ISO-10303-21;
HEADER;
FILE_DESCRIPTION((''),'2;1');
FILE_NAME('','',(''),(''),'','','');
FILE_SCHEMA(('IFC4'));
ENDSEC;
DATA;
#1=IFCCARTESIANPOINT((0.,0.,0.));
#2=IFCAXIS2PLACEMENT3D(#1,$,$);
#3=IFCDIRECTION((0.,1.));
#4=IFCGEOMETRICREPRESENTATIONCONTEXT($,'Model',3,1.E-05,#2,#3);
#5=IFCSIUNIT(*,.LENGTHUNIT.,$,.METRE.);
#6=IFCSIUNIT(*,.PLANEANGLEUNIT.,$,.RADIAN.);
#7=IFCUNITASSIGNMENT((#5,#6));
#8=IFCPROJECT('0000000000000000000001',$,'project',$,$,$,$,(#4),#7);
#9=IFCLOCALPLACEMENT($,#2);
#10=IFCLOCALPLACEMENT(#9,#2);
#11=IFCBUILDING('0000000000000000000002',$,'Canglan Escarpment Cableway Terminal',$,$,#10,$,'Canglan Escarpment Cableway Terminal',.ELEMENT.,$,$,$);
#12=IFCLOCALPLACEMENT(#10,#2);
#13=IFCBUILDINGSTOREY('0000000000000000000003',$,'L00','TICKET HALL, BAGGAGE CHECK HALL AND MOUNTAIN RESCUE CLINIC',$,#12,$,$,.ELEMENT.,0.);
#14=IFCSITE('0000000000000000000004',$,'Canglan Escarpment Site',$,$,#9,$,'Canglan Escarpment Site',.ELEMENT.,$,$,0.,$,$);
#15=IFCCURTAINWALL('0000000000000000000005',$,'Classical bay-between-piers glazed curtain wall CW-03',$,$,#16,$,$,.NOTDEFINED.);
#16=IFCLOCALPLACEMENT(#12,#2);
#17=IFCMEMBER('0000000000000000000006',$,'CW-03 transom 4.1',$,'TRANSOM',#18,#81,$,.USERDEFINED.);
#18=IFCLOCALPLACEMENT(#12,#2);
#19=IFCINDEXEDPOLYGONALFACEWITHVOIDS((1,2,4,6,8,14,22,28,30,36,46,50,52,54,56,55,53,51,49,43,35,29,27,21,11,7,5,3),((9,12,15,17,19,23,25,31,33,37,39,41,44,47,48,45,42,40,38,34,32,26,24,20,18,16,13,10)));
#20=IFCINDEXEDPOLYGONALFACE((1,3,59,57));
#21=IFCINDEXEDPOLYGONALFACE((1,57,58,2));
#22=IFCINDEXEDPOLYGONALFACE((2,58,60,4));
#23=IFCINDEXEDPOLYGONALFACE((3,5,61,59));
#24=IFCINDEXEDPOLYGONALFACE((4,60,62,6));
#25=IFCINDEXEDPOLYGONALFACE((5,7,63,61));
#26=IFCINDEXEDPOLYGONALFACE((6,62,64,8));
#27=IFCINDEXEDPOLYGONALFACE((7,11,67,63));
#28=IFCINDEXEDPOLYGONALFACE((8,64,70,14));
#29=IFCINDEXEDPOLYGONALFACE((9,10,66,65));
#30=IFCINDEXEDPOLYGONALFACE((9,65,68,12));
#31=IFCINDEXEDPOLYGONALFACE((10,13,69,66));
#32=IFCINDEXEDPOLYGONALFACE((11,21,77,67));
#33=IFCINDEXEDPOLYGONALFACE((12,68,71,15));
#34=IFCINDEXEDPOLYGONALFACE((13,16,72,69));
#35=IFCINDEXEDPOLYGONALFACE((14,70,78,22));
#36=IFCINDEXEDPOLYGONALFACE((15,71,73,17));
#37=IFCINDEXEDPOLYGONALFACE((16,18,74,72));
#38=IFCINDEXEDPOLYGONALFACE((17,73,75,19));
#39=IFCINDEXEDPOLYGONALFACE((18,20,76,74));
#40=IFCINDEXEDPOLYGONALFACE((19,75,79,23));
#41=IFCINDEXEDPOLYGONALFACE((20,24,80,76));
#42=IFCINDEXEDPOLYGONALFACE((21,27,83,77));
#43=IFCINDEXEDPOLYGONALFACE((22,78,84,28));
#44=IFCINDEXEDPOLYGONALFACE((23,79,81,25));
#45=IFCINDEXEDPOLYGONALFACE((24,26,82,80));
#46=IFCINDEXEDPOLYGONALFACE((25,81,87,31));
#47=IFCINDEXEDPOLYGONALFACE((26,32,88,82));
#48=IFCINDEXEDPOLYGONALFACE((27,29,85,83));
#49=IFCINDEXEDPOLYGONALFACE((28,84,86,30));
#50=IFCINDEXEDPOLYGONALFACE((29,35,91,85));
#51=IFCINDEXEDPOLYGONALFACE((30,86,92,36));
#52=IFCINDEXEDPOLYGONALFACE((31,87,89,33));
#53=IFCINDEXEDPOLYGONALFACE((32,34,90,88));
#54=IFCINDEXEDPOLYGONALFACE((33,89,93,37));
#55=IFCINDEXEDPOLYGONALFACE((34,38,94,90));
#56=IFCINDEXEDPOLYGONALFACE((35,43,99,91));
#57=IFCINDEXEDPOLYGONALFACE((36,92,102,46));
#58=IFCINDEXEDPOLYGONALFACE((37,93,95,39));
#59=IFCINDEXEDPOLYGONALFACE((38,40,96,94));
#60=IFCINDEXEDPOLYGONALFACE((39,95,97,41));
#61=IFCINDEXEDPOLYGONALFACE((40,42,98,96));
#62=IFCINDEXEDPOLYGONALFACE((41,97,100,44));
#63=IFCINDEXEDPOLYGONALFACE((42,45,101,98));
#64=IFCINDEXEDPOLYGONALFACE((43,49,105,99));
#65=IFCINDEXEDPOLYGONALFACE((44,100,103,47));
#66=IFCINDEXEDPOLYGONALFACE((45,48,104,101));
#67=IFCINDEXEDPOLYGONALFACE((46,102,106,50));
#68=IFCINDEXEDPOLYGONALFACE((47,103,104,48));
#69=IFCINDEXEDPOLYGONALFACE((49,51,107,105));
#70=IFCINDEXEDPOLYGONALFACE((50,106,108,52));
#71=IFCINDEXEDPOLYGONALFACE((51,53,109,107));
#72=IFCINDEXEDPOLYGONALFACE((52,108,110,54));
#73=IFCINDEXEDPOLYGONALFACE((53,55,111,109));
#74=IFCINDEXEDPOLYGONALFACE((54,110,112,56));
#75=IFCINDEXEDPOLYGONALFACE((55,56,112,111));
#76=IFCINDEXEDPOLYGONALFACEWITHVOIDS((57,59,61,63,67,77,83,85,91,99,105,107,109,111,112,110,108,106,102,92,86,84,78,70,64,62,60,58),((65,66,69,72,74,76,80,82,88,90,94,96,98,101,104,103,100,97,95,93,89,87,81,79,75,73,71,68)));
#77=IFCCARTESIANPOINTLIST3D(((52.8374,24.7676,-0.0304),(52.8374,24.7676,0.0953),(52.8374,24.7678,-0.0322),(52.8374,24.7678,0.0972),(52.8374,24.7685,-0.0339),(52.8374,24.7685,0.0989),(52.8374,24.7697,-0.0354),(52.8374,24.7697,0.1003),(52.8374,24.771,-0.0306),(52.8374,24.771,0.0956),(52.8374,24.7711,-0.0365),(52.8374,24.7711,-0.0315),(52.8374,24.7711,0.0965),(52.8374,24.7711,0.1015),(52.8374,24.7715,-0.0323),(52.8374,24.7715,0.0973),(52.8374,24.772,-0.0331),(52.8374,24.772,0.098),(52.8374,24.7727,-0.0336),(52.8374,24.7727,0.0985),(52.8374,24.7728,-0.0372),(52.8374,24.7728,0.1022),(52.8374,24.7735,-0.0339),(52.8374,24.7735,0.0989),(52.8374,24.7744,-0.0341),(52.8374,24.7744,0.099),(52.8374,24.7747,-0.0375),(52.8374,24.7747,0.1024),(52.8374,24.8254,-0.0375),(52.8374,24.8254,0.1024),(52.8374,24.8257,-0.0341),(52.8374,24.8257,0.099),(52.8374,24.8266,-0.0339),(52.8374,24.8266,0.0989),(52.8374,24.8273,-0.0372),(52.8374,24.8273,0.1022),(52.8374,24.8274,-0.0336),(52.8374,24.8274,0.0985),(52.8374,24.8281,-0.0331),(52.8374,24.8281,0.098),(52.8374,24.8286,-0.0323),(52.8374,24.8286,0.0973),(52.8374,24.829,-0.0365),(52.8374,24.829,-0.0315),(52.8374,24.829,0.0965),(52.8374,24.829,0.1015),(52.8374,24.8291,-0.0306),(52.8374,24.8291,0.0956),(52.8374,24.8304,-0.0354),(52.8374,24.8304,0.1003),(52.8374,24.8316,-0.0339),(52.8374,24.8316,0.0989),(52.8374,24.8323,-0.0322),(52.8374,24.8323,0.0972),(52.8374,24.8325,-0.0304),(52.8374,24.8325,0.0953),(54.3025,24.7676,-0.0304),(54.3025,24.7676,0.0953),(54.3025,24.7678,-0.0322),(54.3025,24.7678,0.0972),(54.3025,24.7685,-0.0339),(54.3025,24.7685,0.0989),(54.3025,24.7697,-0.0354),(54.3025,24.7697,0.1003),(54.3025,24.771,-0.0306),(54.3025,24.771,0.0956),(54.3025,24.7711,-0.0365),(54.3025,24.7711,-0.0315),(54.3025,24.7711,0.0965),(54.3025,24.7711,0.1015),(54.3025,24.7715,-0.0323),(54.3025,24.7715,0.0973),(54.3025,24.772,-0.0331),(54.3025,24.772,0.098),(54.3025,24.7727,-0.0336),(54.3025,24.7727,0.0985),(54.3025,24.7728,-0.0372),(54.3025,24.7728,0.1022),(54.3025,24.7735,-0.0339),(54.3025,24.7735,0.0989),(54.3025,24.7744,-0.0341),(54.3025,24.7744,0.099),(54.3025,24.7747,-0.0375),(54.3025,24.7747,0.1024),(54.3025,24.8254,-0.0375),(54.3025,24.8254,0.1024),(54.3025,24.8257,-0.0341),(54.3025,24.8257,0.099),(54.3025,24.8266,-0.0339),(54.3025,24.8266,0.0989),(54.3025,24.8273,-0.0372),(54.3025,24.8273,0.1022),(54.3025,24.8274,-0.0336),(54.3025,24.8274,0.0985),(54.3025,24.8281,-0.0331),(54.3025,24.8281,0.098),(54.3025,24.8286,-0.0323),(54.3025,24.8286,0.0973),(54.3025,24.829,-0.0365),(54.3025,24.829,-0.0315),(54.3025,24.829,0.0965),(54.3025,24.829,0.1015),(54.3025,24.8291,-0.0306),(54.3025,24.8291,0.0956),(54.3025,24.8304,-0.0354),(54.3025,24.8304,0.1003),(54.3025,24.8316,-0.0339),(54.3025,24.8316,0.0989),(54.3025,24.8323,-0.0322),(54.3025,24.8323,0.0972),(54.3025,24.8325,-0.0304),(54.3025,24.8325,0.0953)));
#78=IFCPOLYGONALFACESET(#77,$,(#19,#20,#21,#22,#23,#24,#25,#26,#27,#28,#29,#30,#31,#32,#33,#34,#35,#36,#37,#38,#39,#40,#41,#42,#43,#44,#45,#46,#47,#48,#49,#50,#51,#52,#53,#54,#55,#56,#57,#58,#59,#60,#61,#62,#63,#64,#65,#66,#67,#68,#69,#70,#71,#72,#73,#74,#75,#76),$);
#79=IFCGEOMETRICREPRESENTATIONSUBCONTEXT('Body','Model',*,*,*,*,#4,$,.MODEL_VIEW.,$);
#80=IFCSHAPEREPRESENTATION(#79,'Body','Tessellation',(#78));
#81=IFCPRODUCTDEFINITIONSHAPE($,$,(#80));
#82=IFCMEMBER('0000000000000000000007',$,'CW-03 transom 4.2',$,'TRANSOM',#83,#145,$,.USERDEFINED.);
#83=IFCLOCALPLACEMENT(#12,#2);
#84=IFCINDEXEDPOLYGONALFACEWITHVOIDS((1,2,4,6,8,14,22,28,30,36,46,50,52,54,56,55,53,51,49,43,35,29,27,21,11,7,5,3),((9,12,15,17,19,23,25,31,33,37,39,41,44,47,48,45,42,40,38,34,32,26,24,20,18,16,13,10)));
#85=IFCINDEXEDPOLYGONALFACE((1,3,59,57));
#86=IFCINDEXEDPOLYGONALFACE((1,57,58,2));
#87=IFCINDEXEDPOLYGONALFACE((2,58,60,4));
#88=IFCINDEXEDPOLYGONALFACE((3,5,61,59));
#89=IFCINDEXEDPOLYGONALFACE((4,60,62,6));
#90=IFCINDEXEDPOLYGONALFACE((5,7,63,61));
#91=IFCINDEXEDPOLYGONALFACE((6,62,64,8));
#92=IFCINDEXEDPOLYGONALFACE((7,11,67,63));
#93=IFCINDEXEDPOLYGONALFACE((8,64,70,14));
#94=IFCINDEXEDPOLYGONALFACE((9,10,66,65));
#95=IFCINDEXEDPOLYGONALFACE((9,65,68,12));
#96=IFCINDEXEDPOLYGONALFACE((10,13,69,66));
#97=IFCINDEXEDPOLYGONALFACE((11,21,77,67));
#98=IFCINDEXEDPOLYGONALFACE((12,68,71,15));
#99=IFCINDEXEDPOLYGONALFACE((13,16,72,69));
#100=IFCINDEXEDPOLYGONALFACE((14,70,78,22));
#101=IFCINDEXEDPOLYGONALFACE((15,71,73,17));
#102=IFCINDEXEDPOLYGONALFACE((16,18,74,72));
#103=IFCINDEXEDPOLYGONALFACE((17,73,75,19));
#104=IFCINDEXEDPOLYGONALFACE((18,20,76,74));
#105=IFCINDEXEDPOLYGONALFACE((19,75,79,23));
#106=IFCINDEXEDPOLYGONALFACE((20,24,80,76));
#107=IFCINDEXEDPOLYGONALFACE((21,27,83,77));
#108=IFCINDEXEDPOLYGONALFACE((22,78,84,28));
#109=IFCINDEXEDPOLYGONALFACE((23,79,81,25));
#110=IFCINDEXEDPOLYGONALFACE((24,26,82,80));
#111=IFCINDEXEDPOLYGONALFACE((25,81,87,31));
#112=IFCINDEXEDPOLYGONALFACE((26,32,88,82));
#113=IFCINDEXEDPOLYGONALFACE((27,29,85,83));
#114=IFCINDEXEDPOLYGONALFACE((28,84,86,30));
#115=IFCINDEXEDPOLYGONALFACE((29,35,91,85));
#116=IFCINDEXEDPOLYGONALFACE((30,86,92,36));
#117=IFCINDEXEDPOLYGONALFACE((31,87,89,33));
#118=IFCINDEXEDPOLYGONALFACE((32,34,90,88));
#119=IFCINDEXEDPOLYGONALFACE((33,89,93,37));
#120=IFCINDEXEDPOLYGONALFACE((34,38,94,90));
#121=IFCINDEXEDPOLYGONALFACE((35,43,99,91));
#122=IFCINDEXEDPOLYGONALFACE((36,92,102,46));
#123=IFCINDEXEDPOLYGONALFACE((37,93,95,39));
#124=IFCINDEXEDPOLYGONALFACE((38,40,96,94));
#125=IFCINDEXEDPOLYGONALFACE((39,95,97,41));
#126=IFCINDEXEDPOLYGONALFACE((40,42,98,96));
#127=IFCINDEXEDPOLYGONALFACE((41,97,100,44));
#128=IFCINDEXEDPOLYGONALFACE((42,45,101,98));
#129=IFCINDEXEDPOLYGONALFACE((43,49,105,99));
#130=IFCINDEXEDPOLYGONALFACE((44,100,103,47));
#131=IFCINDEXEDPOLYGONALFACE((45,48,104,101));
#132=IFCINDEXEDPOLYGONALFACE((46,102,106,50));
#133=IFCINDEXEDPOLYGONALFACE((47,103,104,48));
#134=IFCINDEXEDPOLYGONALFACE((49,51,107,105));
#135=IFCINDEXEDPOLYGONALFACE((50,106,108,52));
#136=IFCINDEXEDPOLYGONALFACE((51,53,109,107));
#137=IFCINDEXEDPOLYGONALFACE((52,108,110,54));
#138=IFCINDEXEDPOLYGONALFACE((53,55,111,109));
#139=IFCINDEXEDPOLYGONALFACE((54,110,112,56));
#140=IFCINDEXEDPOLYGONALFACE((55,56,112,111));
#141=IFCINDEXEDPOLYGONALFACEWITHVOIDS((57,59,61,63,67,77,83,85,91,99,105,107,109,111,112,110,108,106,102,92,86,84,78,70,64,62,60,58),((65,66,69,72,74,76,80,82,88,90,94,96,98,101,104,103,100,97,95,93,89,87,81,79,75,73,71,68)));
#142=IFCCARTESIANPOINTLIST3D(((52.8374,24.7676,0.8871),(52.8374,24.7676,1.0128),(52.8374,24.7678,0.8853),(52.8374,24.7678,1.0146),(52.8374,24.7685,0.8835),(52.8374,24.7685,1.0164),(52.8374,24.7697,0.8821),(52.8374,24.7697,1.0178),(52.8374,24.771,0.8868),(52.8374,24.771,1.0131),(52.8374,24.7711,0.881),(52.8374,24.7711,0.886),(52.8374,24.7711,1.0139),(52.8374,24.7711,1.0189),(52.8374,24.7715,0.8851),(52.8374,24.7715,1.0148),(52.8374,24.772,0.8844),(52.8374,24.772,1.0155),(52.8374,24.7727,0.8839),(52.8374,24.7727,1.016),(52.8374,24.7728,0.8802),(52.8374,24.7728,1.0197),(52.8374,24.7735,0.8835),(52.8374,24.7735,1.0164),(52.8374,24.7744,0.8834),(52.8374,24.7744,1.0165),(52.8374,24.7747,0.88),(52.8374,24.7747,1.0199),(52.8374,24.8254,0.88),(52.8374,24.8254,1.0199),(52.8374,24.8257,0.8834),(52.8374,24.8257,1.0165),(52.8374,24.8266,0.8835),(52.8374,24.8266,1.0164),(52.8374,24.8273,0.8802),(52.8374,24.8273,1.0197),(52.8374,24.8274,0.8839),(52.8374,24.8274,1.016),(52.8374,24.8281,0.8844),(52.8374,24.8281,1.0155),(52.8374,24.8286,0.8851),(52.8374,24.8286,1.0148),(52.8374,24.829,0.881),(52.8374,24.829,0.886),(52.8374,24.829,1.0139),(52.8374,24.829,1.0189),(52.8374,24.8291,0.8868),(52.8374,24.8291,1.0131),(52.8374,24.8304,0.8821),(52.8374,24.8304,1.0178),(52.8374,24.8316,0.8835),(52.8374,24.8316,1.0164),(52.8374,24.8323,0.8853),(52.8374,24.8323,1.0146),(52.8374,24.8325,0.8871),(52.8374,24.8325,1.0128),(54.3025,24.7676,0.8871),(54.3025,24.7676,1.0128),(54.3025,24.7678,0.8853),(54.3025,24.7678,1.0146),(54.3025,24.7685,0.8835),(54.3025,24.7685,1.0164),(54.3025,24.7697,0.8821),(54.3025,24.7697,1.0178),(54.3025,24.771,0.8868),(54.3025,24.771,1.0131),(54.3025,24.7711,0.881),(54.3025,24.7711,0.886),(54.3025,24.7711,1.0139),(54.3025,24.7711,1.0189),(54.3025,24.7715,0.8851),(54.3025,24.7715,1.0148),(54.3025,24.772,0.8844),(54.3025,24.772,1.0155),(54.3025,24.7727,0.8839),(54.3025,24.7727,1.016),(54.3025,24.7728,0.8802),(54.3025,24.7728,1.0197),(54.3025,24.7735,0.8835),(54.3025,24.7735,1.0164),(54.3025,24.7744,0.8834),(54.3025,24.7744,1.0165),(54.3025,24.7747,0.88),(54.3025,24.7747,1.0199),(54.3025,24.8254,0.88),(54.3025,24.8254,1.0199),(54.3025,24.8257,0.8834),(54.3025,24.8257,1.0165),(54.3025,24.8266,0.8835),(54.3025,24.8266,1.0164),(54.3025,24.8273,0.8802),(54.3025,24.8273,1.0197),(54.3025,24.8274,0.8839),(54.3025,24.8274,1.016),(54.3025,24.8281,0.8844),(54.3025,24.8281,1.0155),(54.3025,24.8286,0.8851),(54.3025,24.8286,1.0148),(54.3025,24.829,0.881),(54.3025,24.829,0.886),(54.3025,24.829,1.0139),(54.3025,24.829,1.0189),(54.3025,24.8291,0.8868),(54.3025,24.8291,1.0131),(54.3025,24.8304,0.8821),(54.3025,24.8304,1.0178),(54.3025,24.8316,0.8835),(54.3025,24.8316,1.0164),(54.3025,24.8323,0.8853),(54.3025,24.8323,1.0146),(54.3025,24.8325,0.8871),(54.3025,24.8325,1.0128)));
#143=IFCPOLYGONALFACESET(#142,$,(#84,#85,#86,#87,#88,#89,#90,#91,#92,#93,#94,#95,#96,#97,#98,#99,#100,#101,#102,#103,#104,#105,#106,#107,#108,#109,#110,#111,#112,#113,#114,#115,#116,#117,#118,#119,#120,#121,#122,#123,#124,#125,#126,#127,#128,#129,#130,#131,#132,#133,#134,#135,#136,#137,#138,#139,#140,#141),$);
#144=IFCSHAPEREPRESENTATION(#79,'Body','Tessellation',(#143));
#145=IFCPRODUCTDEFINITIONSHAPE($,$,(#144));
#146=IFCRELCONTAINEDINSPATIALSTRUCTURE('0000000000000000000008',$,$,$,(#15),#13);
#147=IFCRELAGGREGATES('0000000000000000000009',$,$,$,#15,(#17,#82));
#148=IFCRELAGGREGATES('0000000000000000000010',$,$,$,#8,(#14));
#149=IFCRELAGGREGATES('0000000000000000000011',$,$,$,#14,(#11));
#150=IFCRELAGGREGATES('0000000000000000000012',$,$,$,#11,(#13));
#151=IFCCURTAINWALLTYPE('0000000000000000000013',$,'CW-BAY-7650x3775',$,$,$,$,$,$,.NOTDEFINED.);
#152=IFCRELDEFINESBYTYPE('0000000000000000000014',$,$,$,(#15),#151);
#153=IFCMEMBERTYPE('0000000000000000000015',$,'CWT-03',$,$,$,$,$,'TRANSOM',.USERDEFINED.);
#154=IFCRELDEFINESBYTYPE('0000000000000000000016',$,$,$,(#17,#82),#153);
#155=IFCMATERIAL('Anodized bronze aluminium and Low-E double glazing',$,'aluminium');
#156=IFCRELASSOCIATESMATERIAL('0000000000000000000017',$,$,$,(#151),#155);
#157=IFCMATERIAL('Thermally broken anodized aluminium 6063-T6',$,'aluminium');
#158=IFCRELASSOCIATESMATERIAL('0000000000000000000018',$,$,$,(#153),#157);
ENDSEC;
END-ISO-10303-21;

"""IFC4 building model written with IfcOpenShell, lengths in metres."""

from ifc_helpers import new_model, si_unit, direction, frame, origin, origin_2d, place, context, subcontext, project, spatial, hollow_rectangle, extrude, material, material_profile, profile_set, type_object, element, aggregate, save


model = new_model("IFC4")

# Units and contexts
model_context = context("Model", 3, precision=1e-05, world=origin(), true_north=direction((0.0, 1.0)))
body_context = subcontext(model_context, "Body", "Model", "MODEL_VIEW")
ifc_project = project(units=[si_unit("LENGTHUNIT", "METRE"), si_unit("PLANEANGLEUNIT", "RADIAN")], contexts=[model_context])

# Site, building, storey
site_placement = place(None, origin())
site = spatial("IfcSite", under=ifc_project, at=site_placement, Name="Canglan Escarpment Site", LongName="Canglan Escarpment Site", CompositionType="ELEMENT", RefElevation=0.0)
building_placement = place(site_placement, origin())
building = spatial("IfcBuilding", under=site, at=building_placement, Name="Canglan Escarpment Cableway Terminal", LongName="Canglan Escarpment Cableway Terminal", CompositionType="ELEMENT")
storey_placement = place(building_placement, origin())
storey = spatial("IfcBuildingStorey", under=building, at=storey_placement, Name="L00", Description="TICKET HALL, BAGGAGE CHECK HALL AND MOUNTAIN RESCUE CLINIC", CompositionType="ELEMENT", Elevation=0.0)

# Curtain wall, members
ifc_material_1 = material(Name="Anodized bronze aluminium and Low-E double glazing", Category="aluminium")
curtain_wall_type = type_object("IfcCurtainWallType", Name="CW-BAY-7650x3775", PredefinedType="NOTDEFINED", material=ifc_material_1)
curtain_wall_placement = place(storey_placement, origin())
curtain_wall = element("IfcCurtainWall", 1, at=curtain_wall_placement, inside=storey, type_object=curtain_wall_type, Name="Classical bay-between-piers glazed curtain wall CW-03", PredefinedType="NOTDEFINED")
ifc_material_2 = material(Name="Thermally broken anodized aluminium 6063-T6", Category="aluminium")
ifc_material_profile_1 = material_profile(ifc_material_2, hollow_rectangle(XDim=0.0649, YDim=0.1399, WallThickness=0.0034, InnerFilletRadius=0.0034, OuterFilletRadius=0.0071, at=origin_2d()), Name="ALU-TRAN 65x140x3.5")
ifc_profile_set_1 = profile_set([ifc_material_profile_1], Name="Thermally broken anodized aluminium 6063-T6")
member_type_1 = type_object("IfcMemberType", Name="CWT-03", ElementType="TRANSOM", PredefinedType="USERDEFINED", material=ifc_profile_set_1)
member_1_placement = place(storey_placement, frame((54.3025, 24.8, 0.0325), z_axis=(-1.0, 0.0, 0.0), x_axis=(0.0, -1.0, 0.0)))
member_1 = element("IfcMember", 2, at=member_1_placement, type_object=member_type_1, Name="CW-03 transom 4.1", ObjectType="TRANSOM", PredefinedType="USERDEFINED", context=body_context, shape_type="SweptSolid", body=[
    extrude(hollow_rectangle(XDim=0.0649, YDim=0.1399, WallThickness=0.0034, InnerFilletRadius=0.0034, OuterFilletRadius=0.0071, at=origin_2d()), origin(), (0.0, 0.0, 1.0), 1.4651),
])
member_2_placement = place(storey_placement, frame((54.3025, 24.8, 0.95), z_axis=(-1.0, 0.0, 0.0), x_axis=(0.0, -1.0, 0.0)))
member_2 = element("IfcMember", 3, at=member_2_placement, type_object=member_type_1, Name="CW-03 transom 4.2", ObjectType="TRANSOM", PredefinedType="USERDEFINED", context=body_context, shape_type="SweptSolid", body=[
    extrude(hollow_rectangle(XDim=0.0649, YDim=0.1399, WallThickness=0.0034, InnerFilletRadius=0.0034, OuterFilletRadius=0.0071, at=origin_2d()), origin(), (0.0, 0.0, 1.0), 1.4651),
])
aggregate(curtain_wall, [member_1, member_2])

save(model, "model.ifc")
